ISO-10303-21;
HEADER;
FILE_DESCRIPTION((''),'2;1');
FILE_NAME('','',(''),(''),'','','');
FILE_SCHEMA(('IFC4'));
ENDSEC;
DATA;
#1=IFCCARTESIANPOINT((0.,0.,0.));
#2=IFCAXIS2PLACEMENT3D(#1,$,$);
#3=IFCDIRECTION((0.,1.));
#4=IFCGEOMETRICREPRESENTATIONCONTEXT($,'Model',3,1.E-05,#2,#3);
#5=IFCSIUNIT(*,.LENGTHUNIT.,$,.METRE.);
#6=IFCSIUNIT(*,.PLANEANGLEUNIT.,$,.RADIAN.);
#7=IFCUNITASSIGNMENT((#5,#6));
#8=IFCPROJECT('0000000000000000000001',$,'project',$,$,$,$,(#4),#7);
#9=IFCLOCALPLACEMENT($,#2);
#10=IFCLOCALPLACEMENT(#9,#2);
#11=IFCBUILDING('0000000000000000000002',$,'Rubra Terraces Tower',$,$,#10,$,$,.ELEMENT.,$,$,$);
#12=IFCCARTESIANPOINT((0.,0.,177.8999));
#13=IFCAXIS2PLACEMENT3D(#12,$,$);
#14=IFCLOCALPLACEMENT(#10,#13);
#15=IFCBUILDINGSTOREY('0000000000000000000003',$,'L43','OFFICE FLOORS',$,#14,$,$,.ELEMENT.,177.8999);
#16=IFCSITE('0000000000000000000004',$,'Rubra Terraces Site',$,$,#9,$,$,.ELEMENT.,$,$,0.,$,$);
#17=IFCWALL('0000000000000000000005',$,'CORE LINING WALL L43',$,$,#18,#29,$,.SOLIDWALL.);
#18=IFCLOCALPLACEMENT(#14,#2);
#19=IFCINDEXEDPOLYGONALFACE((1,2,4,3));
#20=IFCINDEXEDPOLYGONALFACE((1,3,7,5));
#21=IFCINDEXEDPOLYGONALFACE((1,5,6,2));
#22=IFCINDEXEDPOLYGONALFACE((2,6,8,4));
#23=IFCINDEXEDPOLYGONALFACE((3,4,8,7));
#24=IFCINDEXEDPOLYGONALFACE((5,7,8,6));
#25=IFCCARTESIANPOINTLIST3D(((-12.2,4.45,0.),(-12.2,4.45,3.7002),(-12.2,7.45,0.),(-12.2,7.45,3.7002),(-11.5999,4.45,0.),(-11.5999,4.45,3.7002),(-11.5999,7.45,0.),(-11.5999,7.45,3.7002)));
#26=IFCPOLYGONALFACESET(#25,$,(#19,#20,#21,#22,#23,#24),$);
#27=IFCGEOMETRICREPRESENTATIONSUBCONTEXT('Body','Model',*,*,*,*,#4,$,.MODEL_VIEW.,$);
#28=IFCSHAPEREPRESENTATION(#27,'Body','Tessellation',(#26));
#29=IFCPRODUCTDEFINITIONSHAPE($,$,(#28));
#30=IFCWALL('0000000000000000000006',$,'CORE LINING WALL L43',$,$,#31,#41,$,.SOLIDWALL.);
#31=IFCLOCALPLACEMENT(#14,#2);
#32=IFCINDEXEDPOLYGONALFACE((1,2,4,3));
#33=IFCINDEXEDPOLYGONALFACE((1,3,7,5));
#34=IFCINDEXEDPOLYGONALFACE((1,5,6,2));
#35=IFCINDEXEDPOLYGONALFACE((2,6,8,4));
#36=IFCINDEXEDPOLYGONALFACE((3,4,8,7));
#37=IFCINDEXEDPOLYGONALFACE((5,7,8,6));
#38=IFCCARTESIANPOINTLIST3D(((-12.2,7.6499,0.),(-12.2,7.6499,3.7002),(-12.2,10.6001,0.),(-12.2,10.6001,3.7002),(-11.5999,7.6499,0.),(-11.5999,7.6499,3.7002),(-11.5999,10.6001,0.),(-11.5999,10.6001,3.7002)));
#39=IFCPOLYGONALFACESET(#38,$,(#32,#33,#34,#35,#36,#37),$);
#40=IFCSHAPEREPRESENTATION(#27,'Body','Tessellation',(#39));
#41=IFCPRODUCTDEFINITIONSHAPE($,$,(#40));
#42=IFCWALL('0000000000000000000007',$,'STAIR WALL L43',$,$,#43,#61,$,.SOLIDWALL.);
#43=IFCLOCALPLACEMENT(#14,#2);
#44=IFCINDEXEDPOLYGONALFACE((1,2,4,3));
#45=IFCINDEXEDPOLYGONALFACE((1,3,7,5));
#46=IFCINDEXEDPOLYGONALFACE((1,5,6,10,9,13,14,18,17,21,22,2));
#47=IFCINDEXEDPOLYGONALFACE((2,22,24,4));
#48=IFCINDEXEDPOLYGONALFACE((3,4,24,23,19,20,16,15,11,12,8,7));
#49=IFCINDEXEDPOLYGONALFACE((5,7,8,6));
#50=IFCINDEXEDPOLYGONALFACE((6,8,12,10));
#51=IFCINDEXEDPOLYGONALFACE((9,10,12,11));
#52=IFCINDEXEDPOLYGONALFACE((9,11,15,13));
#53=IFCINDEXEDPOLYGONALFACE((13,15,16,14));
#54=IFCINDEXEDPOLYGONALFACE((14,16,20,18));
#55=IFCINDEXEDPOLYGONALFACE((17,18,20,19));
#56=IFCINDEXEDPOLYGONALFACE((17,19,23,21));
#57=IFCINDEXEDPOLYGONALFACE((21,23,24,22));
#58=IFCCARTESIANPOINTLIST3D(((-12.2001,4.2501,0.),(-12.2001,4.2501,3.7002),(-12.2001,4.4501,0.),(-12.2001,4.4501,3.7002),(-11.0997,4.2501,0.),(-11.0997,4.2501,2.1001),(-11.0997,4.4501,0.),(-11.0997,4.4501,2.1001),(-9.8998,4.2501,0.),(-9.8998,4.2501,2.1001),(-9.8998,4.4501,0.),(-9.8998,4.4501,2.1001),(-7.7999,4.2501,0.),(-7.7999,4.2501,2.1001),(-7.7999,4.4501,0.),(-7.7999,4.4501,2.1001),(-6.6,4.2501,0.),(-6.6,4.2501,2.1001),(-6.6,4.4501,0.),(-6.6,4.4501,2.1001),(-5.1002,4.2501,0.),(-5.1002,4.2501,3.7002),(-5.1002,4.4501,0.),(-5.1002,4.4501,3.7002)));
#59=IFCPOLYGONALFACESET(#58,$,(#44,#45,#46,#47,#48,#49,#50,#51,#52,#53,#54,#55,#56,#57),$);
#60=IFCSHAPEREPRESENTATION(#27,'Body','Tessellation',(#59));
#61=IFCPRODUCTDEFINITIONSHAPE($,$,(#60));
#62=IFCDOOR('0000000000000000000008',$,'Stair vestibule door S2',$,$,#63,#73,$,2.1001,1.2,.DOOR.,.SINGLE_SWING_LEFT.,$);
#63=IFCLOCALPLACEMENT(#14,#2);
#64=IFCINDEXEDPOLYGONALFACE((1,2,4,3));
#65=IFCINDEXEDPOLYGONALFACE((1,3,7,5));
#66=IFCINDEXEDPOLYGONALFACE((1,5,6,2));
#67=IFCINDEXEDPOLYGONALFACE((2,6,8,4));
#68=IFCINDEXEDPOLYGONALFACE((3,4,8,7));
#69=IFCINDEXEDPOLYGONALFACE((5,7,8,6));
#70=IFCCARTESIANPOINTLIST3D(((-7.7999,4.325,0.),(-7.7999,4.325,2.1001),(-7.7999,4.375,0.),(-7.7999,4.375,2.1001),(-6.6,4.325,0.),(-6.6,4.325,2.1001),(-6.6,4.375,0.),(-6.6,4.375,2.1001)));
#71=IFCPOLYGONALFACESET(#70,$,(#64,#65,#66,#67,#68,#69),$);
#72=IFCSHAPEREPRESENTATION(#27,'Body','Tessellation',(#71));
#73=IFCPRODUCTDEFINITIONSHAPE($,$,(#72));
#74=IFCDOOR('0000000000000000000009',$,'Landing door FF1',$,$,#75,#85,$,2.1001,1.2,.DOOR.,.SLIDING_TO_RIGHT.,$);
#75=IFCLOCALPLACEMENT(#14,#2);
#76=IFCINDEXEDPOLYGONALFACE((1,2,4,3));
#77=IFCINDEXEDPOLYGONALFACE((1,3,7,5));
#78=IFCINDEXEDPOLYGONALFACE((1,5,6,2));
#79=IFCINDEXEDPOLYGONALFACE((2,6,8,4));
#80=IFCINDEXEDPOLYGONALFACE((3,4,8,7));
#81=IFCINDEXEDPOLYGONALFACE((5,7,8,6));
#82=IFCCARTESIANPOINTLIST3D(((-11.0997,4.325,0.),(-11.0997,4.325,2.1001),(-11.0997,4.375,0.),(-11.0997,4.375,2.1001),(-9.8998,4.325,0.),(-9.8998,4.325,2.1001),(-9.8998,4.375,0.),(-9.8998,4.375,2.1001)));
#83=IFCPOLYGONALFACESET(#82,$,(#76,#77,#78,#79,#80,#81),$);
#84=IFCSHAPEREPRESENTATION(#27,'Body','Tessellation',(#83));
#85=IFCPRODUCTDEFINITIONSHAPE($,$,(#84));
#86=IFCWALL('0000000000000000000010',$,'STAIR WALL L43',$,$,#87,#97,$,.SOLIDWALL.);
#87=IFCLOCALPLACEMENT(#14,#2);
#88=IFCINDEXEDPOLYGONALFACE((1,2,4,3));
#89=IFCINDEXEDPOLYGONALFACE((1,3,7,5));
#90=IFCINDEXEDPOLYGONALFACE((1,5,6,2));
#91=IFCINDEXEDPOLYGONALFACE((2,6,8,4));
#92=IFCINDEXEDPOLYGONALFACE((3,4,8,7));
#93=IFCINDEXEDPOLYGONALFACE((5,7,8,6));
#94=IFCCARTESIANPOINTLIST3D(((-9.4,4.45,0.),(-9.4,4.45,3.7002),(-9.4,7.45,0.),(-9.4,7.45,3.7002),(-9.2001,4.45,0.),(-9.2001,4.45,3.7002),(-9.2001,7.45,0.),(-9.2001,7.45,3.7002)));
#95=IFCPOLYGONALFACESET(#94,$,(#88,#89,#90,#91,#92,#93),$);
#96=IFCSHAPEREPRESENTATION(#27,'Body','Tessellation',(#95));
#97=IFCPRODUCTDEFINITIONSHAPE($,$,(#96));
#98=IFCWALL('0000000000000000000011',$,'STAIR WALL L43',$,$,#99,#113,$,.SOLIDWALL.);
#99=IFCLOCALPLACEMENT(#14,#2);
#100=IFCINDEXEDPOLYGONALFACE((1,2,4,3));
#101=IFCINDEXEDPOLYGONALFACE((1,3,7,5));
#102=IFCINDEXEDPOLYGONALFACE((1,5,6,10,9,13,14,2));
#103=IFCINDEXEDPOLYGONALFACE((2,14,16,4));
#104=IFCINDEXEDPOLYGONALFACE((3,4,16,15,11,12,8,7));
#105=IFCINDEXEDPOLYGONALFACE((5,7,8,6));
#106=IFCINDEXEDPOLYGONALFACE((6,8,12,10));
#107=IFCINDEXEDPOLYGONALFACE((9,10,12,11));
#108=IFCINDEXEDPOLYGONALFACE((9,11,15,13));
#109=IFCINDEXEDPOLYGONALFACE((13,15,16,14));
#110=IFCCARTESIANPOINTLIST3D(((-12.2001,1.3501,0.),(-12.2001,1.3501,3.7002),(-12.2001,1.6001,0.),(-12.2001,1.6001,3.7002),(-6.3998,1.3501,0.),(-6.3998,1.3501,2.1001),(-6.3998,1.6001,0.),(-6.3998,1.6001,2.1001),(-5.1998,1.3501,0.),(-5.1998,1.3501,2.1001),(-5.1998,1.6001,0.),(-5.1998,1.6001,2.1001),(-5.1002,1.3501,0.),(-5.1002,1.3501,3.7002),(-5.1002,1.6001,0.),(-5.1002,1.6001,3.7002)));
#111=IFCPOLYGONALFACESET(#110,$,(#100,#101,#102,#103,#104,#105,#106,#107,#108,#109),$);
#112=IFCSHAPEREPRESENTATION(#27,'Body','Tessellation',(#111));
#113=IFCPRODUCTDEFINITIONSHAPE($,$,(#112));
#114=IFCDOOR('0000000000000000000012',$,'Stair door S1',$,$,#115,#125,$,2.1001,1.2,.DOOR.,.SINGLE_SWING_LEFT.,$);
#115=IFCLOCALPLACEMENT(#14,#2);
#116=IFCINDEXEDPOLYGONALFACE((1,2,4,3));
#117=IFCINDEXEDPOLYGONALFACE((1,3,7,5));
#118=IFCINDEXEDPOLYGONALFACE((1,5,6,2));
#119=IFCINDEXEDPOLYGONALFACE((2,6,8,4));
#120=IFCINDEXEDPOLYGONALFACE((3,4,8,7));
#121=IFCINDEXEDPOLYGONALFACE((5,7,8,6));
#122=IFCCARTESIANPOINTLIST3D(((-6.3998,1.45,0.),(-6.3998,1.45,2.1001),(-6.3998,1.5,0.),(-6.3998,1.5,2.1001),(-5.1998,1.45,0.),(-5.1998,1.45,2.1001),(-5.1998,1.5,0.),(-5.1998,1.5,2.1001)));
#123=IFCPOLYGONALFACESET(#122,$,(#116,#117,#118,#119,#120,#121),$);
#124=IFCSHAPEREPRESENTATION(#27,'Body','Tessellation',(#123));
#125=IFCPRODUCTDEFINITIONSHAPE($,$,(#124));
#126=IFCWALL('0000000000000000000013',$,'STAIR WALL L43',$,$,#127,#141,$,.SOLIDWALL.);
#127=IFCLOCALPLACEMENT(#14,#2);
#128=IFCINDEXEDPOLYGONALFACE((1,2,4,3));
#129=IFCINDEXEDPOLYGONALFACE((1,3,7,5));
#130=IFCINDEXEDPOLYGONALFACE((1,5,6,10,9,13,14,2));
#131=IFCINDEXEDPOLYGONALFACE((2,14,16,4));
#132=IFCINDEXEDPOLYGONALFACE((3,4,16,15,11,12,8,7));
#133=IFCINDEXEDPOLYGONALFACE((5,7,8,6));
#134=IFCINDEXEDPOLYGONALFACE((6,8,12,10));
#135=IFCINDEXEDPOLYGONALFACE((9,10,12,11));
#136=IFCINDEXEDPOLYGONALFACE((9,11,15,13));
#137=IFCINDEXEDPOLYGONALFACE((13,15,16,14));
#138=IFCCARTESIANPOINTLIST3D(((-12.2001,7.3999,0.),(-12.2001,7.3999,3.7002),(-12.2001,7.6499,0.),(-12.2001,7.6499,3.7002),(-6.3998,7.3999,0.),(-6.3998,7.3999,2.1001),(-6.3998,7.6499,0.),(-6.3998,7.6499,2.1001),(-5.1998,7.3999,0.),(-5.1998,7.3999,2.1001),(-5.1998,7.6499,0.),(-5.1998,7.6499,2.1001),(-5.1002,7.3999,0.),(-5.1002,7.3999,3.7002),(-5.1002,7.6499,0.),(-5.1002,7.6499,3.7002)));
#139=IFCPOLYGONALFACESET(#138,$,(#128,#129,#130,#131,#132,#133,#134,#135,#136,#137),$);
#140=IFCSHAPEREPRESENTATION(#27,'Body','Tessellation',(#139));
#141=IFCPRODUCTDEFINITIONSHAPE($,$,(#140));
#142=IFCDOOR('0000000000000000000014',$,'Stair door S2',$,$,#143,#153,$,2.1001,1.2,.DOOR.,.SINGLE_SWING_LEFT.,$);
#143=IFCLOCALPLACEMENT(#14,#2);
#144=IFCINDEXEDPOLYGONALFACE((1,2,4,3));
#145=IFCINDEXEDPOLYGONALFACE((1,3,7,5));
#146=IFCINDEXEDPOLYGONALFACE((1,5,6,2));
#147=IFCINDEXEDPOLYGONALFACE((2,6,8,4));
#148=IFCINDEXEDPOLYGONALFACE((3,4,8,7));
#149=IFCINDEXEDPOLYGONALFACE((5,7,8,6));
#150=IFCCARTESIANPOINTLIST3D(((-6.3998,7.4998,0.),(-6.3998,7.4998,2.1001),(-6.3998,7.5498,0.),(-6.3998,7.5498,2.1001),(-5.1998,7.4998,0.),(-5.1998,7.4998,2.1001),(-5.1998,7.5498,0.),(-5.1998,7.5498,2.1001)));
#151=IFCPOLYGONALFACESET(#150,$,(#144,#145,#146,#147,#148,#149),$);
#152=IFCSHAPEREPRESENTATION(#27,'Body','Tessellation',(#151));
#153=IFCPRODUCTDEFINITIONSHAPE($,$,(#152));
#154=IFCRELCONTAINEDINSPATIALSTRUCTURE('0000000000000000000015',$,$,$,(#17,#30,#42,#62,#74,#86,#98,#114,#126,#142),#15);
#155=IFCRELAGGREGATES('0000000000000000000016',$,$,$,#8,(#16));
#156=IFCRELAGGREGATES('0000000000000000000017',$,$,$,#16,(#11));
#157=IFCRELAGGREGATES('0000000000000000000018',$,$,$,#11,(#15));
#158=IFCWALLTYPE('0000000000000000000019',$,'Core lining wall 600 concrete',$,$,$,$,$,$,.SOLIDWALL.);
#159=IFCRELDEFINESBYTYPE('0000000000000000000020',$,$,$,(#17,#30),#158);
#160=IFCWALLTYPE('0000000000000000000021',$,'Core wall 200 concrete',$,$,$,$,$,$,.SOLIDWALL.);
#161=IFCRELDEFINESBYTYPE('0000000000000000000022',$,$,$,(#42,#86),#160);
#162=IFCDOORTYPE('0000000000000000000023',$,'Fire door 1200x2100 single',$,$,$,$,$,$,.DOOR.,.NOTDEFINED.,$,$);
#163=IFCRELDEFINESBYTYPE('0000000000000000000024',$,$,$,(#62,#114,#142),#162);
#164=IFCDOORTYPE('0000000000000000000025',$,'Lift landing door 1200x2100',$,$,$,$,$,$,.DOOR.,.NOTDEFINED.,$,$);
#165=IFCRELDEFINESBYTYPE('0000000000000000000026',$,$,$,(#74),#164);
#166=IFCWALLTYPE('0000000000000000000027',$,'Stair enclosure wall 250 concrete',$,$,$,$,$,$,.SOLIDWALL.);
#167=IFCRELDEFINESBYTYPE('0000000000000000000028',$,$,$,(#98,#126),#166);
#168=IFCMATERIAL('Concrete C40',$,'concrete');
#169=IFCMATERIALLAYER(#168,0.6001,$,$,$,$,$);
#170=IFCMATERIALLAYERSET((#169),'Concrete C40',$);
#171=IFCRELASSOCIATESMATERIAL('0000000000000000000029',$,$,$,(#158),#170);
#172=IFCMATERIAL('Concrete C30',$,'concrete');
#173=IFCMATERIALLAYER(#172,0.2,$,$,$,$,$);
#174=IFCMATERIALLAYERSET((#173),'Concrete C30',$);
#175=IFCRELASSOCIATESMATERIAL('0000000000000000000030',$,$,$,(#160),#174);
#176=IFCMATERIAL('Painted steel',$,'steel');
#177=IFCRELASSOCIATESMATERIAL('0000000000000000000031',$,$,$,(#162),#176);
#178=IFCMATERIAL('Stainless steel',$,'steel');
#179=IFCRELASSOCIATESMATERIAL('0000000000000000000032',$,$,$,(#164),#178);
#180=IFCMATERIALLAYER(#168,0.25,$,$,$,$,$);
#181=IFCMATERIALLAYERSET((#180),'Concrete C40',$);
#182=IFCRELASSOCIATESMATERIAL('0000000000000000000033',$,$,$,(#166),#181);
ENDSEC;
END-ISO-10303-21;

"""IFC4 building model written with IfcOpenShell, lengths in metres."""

from ifc_helpers import new_model, si_unit, direction, frame, frame_2d, origin, place, context, subcontext, project, spatial, rectangle, extrude, material, layer, layer_set, type_object, element, fill, save


model = new_model("IFC4")

# Units and contexts
model_context = context("Model", 3, precision=1e-05, world=origin(), true_north=direction((0.0, 1.0)))
body_context = subcontext(model_context, "Body", "Model", "MODEL_VIEW")
ifc_project = project(units=[si_unit("LENGTHUNIT", "METRE"), si_unit("PLANEANGLEUNIT", "RADIAN")], contexts=[model_context])

# Site, building, storey
site_placement = place(None, origin())
site = spatial("IfcSite", under=ifc_project, at=site_placement, Name="Rubra Terraces Site", CompositionType="ELEMENT", RefElevation=0.0)
building_placement = place(site_placement, origin())
building = spatial("IfcBuilding", under=site, at=building_placement, Name="Rubra Terraces Tower", CompositionType="ELEMENT")
storey_placement = place(building_placement, frame((0.0, 0.0, 177.8999)))
storey = spatial("IfcBuildingStorey", under=building, at=storey_placement, Name="L43", Description="OFFICE FLOORS", CompositionType="ELEMENT", Elevation=177.8999)

# Walls
ifc_material_1 = material(Name="Concrete C40", Category="concrete")
ifc_layer_1 = layer(ifc_material_1, 0.6001)
ifc_layer_set_1 = layer_set([ifc_layer_1], Name="Concrete C40")
wall_type_1 = type_object("IfcWallType", Name="Core lining wall 600 concrete", PredefinedType="SOLIDWALL", material=ifc_layer_set_1)
wall_1_placement = place(storey_placement, frame((-11.8999, 4.45, 0.0), z_axis=(0.0, 0.0, 1.0), x_axis=(0.0, 1.0, 0.0)))
element("IfcWall", 1, at=wall_1_placement, inside=storey, type_object=wall_type_1, Name="CORE LINING WALL L43", PredefinedType="SOLIDWALL", context=body_context, shape_type="SweptSolid", body=[
    extrude(rectangle(XDim=3.0, YDim=0.6001, at=frame_2d((1.5, 0.0))), origin(), (0.0, 0.0, 1.0), 3.7002),
])
wall_2_placement = place(storey_placement, frame((-11.8999, 7.6499, 0.0), z_axis=(0.0, 0.0, 1.0), x_axis=(0.0, 1.0, 0.0)))
element("IfcWall", 2, at=wall_2_placement, inside=storey, type_object=wall_type_1, Name="CORE LINING WALL L43", PredefinedType="SOLIDWALL", context=body_context, shape_type="SweptSolid", body=[
    extrude(rectangle(XDim=2.9502, YDim=0.6001, at=frame_2d((1.4751, 0.0))), origin(), (0.0, 0.0, 1.0), 3.7002),
])

# Wall, openings, doors
ifc_material_2 = material(Name="Concrete C30", Category="concrete")
ifc_layer_2 = layer(ifc_material_2, 0.2)
ifc_layer_set_2 = layer_set([ifc_layer_2], Name="Concrete C30")
wall_type_2 = type_object("IfcWallType", Name="Core wall 200 concrete", PredefinedType="SOLIDWALL", material=ifc_layer_set_2)
wall_3_placement = place(storey_placement, frame((-12.2, 4.3501, 0.0), z_axis=(0.0, 0.0, 1.0), x_axis=(1.0, 0.0, 0.0)))
wall_3 = element("IfcWall", 3, at=wall_3_placement, inside=storey, type_object=wall_type_2, Name="STAIR WALL L43", PredefinedType="SOLIDWALL", context=body_context, shape_type="SweptSolid", body=[
    extrude(rectangle(XDim=7.0999, YDim=0.2, at=frame_2d((3.5498, 0.0))), origin(), (0.0, 0.0, 1.0), 3.7002),
])
opening_1_placement = place(wall_3_placement, frame((4.3999, 0.0, 0.0)))
opening_1 = element("IfcOpeningElement", 4, at=opening_1_placement, cuts=wall_3, PredefinedType="OPENING", context=body_context, shape_type="SweptSolid", body=[
    extrude(rectangle(XDim=1.2, YDim=2.1001, at=frame_2d((0.6001, 1.05))), frame((0.0, 0.1099, 0.0), z_axis=(0.0, -1.0, 0.0), x_axis=(1.0, 0.0, 0.0)), (0.0, 0.0, 1.0), 0.22),
])
opening_2_placement = place(wall_3_placement, frame((1.1001, 0.0, 0.0)))
opening_2 = element("IfcOpeningElement", 5, at=opening_2_placement, cuts=wall_3, PredefinedType="OPENING", context=body_context, shape_type="SweptSolid", body=[
    extrude(rectangle(XDim=1.2, YDim=2.1001, at=frame_2d((0.6001, 1.05))), frame((0.0, 0.1099, 0.0), z_axis=(0.0, -1.0, 0.0), x_axis=(1.0, 0.0, 0.0)), (0.0, 0.0, 1.0), 0.22),
])
ifc_material_3 = material(Name="Painted steel", Category="steel")
door_type_1 = type_object("IfcDoorType", Name="Fire door 1200x2100 single", OperationType="NOTDEFINED", PredefinedType="DOOR", material=ifc_material_3)
door_1_placement = place(opening_1_placement, origin())
door_1 = element("IfcDoor", 6, at=door_1_placement, inside=storey, type_object=door_type_1, Name="Stair vestibule door S2", OperationType="SINGLE_SWING_LEFT", OverallHeight=2.1001, OverallWidth=1.2, PredefinedType="DOOR", context=body_context, shape_type="SweptSolid", body=[
    extrude(rectangle(XDim=1.2, YDim=2.1001, at=frame_2d((0.6001, 1.05))), frame((0.0, 0.0249, 0.0), z_axis=(0.0, -1.0, 0.0), x_axis=(1.0, 0.0, 0.0)), (0.0, 0.0, 1.0), 0.05),
])
fill(opening_1, door_1)
ifc_material_4 = material(Name="Stainless steel", Category="steel")
door_type_2 = type_object("IfcDoorType", Name="Lift landing door 1200x2100", OperationType="NOTDEFINED", PredefinedType="DOOR", material=ifc_material_4)
door_2_placement = place(opening_2_placement, origin())
door_2 = element("IfcDoor", 7, at=door_2_placement, inside=storey, type_object=door_type_2, Name="Landing door FF1", OperationType="SLIDING_TO_RIGHT", OverallHeight=2.1001, OverallWidth=1.2, PredefinedType="DOOR", context=body_context, shape_type="SweptSolid", body=[
    extrude(rectangle(XDim=1.2, YDim=2.1001, at=frame_2d((0.6001, 1.05))), frame((0.0, 0.0249, 0.0), z_axis=(0.0, -1.0, 0.0), x_axis=(1.0, 0.0, 0.0)), (0.0, 0.0, 1.0), 0.05),
])
fill(opening_2, door_2)

# Wall
wall_4_placement = place(storey_placement, frame((-9.3, 4.45, 0.0), z_axis=(0.0, 0.0, 1.0), x_axis=(0.0, 1.0, 0.0)))
element("IfcWall", 8, at=wall_4_placement, inside=storey, type_object=wall_type_2, Name="STAIR WALL L43", PredefinedType="SOLIDWALL", context=body_context, shape_type="SweptSolid", body=[
    extrude(rectangle(XDim=3.0, YDim=0.2, at=frame_2d((1.5, 0.0))), origin(), (0.0, 0.0, 1.0), 3.7002),
])

# Walls, openings, doors
ifc_layer_3 = layer(ifc_material_1, 0.25)
ifc_layer_set_3 = layer_set([ifc_layer_3], Name="Concrete C40")
wall_type_3 = type_object("IfcWallType", Name="Stair enclosure wall 250 concrete", PredefinedType="SOLIDWALL", material=ifc_layer_set_3)
wall_5_placement = place(storey_placement, frame((-12.2, 1.4751, 0.0), z_axis=(0.0, 0.0, 1.0), x_axis=(1.0, 0.0, 0.0)))
wall_5 = element("IfcWall", 9, at=wall_5_placement, inside=storey, type_object=wall_type_3, Name="STAIR WALL L43", PredefinedType="SOLIDWALL", context=body_context, shape_type="SweptSolid", body=[
    extrude(rectangle(XDim=7.0999, YDim=0.25, at=frame_2d((3.5498, 0.0))), origin(), (0.0, 0.0, 1.0), 3.7002),
])
opening_3_placement = place(wall_5_placement, frame((5.8, 0.0, 0.0)))
opening_3 = element("IfcOpeningElement", 10, at=opening_3_placement, cuts=wall_5, PredefinedType="OPENING", context=body_context, shape_type="SweptSolid", body=[
    extrude(rectangle(XDim=1.2, YDim=2.1001, at=frame_2d((0.6001, 1.05))), frame((0.0, 0.135, 0.0), z_axis=(0.0, -1.0, 0.0), x_axis=(1.0, 0.0, 0.0)), (0.0, 0.0, 1.0), 0.27),
])
door_3_placement = place(opening_3_placement, origin())
door_3 = element("IfcDoor", 11, at=door_3_placement, inside=storey, type_object=door_type_1, Name="Stair door S1", OperationType="SINGLE_SWING_LEFT", OverallHeight=2.1001, OverallWidth=1.2, PredefinedType="DOOR", context=body_context, shape_type="SweptSolid", body=[
    extrude(rectangle(XDim=1.2, YDim=2.1001, at=frame_2d((0.6001, 1.05))), frame((0.0, 0.0249, 0.0), z_axis=(0.0, -1.0, 0.0), x_axis=(1.0, 0.0, 0.0)), (0.0, 0.0, 1.0), 0.05),
])
fill(opening_3, door_3)
wall_6_placement = place(storey_placement, frame((-12.2, 7.5249, 0.0), z_axis=(0.0, 0.0, 1.0), x_axis=(1.0, 0.0, 0.0)))
wall_6 = element("IfcWall", 12, at=wall_6_placement, inside=storey, type_object=wall_type_3, Name="STAIR WALL L43", PredefinedType="SOLIDWALL", context=body_context, shape_type="SweptSolid", body=[
    extrude(rectangle(XDim=7.0999, YDim=0.25, at=frame_2d((3.5498, 0.0))), origin(), (0.0, 0.0, 1.0), 3.7002),
])
opening_4_placement = place(wall_6_placement, frame((5.8, 0.0, 0.0)))
opening_4 = element("IfcOpeningElement", 13, at=opening_4_placement, cuts=wall_6, PredefinedType="OPENING", context=body_context, shape_type="SweptSolid", body=[
    extrude(rectangle(XDim=1.2, YDim=2.1001, at=frame_2d((0.6001, 1.05))), frame((0.0, 0.135, 0.0), z_axis=(0.0, -1.0, 0.0), x_axis=(1.0, 0.0, 0.0)), (0.0, 0.0, 1.0), 0.27),
])
door_4_placement = place(opening_4_placement, origin())
door_4 = element("IfcDoor", 14, at=door_4_placement, inside=storey, type_object=door_type_1, Name="Stair door S2", OperationType="SINGLE_SWING_LEFT", OverallHeight=2.1001, OverallWidth=1.2, PredefinedType="DOOR", context=body_context, shape_type="SweptSolid", body=[
    extrude(rectangle(XDim=1.2, YDim=2.1001, at=frame_2d((0.6001, 1.05))), frame((0.0, 0.0249, 0.0), z_axis=(0.0, -1.0, 0.0), x_axis=(1.0, 0.0, 0.0)), (0.0, 0.0, 1.0), 0.05),
])
fill(opening_4, door_4)

save(model, "model.ifc")
